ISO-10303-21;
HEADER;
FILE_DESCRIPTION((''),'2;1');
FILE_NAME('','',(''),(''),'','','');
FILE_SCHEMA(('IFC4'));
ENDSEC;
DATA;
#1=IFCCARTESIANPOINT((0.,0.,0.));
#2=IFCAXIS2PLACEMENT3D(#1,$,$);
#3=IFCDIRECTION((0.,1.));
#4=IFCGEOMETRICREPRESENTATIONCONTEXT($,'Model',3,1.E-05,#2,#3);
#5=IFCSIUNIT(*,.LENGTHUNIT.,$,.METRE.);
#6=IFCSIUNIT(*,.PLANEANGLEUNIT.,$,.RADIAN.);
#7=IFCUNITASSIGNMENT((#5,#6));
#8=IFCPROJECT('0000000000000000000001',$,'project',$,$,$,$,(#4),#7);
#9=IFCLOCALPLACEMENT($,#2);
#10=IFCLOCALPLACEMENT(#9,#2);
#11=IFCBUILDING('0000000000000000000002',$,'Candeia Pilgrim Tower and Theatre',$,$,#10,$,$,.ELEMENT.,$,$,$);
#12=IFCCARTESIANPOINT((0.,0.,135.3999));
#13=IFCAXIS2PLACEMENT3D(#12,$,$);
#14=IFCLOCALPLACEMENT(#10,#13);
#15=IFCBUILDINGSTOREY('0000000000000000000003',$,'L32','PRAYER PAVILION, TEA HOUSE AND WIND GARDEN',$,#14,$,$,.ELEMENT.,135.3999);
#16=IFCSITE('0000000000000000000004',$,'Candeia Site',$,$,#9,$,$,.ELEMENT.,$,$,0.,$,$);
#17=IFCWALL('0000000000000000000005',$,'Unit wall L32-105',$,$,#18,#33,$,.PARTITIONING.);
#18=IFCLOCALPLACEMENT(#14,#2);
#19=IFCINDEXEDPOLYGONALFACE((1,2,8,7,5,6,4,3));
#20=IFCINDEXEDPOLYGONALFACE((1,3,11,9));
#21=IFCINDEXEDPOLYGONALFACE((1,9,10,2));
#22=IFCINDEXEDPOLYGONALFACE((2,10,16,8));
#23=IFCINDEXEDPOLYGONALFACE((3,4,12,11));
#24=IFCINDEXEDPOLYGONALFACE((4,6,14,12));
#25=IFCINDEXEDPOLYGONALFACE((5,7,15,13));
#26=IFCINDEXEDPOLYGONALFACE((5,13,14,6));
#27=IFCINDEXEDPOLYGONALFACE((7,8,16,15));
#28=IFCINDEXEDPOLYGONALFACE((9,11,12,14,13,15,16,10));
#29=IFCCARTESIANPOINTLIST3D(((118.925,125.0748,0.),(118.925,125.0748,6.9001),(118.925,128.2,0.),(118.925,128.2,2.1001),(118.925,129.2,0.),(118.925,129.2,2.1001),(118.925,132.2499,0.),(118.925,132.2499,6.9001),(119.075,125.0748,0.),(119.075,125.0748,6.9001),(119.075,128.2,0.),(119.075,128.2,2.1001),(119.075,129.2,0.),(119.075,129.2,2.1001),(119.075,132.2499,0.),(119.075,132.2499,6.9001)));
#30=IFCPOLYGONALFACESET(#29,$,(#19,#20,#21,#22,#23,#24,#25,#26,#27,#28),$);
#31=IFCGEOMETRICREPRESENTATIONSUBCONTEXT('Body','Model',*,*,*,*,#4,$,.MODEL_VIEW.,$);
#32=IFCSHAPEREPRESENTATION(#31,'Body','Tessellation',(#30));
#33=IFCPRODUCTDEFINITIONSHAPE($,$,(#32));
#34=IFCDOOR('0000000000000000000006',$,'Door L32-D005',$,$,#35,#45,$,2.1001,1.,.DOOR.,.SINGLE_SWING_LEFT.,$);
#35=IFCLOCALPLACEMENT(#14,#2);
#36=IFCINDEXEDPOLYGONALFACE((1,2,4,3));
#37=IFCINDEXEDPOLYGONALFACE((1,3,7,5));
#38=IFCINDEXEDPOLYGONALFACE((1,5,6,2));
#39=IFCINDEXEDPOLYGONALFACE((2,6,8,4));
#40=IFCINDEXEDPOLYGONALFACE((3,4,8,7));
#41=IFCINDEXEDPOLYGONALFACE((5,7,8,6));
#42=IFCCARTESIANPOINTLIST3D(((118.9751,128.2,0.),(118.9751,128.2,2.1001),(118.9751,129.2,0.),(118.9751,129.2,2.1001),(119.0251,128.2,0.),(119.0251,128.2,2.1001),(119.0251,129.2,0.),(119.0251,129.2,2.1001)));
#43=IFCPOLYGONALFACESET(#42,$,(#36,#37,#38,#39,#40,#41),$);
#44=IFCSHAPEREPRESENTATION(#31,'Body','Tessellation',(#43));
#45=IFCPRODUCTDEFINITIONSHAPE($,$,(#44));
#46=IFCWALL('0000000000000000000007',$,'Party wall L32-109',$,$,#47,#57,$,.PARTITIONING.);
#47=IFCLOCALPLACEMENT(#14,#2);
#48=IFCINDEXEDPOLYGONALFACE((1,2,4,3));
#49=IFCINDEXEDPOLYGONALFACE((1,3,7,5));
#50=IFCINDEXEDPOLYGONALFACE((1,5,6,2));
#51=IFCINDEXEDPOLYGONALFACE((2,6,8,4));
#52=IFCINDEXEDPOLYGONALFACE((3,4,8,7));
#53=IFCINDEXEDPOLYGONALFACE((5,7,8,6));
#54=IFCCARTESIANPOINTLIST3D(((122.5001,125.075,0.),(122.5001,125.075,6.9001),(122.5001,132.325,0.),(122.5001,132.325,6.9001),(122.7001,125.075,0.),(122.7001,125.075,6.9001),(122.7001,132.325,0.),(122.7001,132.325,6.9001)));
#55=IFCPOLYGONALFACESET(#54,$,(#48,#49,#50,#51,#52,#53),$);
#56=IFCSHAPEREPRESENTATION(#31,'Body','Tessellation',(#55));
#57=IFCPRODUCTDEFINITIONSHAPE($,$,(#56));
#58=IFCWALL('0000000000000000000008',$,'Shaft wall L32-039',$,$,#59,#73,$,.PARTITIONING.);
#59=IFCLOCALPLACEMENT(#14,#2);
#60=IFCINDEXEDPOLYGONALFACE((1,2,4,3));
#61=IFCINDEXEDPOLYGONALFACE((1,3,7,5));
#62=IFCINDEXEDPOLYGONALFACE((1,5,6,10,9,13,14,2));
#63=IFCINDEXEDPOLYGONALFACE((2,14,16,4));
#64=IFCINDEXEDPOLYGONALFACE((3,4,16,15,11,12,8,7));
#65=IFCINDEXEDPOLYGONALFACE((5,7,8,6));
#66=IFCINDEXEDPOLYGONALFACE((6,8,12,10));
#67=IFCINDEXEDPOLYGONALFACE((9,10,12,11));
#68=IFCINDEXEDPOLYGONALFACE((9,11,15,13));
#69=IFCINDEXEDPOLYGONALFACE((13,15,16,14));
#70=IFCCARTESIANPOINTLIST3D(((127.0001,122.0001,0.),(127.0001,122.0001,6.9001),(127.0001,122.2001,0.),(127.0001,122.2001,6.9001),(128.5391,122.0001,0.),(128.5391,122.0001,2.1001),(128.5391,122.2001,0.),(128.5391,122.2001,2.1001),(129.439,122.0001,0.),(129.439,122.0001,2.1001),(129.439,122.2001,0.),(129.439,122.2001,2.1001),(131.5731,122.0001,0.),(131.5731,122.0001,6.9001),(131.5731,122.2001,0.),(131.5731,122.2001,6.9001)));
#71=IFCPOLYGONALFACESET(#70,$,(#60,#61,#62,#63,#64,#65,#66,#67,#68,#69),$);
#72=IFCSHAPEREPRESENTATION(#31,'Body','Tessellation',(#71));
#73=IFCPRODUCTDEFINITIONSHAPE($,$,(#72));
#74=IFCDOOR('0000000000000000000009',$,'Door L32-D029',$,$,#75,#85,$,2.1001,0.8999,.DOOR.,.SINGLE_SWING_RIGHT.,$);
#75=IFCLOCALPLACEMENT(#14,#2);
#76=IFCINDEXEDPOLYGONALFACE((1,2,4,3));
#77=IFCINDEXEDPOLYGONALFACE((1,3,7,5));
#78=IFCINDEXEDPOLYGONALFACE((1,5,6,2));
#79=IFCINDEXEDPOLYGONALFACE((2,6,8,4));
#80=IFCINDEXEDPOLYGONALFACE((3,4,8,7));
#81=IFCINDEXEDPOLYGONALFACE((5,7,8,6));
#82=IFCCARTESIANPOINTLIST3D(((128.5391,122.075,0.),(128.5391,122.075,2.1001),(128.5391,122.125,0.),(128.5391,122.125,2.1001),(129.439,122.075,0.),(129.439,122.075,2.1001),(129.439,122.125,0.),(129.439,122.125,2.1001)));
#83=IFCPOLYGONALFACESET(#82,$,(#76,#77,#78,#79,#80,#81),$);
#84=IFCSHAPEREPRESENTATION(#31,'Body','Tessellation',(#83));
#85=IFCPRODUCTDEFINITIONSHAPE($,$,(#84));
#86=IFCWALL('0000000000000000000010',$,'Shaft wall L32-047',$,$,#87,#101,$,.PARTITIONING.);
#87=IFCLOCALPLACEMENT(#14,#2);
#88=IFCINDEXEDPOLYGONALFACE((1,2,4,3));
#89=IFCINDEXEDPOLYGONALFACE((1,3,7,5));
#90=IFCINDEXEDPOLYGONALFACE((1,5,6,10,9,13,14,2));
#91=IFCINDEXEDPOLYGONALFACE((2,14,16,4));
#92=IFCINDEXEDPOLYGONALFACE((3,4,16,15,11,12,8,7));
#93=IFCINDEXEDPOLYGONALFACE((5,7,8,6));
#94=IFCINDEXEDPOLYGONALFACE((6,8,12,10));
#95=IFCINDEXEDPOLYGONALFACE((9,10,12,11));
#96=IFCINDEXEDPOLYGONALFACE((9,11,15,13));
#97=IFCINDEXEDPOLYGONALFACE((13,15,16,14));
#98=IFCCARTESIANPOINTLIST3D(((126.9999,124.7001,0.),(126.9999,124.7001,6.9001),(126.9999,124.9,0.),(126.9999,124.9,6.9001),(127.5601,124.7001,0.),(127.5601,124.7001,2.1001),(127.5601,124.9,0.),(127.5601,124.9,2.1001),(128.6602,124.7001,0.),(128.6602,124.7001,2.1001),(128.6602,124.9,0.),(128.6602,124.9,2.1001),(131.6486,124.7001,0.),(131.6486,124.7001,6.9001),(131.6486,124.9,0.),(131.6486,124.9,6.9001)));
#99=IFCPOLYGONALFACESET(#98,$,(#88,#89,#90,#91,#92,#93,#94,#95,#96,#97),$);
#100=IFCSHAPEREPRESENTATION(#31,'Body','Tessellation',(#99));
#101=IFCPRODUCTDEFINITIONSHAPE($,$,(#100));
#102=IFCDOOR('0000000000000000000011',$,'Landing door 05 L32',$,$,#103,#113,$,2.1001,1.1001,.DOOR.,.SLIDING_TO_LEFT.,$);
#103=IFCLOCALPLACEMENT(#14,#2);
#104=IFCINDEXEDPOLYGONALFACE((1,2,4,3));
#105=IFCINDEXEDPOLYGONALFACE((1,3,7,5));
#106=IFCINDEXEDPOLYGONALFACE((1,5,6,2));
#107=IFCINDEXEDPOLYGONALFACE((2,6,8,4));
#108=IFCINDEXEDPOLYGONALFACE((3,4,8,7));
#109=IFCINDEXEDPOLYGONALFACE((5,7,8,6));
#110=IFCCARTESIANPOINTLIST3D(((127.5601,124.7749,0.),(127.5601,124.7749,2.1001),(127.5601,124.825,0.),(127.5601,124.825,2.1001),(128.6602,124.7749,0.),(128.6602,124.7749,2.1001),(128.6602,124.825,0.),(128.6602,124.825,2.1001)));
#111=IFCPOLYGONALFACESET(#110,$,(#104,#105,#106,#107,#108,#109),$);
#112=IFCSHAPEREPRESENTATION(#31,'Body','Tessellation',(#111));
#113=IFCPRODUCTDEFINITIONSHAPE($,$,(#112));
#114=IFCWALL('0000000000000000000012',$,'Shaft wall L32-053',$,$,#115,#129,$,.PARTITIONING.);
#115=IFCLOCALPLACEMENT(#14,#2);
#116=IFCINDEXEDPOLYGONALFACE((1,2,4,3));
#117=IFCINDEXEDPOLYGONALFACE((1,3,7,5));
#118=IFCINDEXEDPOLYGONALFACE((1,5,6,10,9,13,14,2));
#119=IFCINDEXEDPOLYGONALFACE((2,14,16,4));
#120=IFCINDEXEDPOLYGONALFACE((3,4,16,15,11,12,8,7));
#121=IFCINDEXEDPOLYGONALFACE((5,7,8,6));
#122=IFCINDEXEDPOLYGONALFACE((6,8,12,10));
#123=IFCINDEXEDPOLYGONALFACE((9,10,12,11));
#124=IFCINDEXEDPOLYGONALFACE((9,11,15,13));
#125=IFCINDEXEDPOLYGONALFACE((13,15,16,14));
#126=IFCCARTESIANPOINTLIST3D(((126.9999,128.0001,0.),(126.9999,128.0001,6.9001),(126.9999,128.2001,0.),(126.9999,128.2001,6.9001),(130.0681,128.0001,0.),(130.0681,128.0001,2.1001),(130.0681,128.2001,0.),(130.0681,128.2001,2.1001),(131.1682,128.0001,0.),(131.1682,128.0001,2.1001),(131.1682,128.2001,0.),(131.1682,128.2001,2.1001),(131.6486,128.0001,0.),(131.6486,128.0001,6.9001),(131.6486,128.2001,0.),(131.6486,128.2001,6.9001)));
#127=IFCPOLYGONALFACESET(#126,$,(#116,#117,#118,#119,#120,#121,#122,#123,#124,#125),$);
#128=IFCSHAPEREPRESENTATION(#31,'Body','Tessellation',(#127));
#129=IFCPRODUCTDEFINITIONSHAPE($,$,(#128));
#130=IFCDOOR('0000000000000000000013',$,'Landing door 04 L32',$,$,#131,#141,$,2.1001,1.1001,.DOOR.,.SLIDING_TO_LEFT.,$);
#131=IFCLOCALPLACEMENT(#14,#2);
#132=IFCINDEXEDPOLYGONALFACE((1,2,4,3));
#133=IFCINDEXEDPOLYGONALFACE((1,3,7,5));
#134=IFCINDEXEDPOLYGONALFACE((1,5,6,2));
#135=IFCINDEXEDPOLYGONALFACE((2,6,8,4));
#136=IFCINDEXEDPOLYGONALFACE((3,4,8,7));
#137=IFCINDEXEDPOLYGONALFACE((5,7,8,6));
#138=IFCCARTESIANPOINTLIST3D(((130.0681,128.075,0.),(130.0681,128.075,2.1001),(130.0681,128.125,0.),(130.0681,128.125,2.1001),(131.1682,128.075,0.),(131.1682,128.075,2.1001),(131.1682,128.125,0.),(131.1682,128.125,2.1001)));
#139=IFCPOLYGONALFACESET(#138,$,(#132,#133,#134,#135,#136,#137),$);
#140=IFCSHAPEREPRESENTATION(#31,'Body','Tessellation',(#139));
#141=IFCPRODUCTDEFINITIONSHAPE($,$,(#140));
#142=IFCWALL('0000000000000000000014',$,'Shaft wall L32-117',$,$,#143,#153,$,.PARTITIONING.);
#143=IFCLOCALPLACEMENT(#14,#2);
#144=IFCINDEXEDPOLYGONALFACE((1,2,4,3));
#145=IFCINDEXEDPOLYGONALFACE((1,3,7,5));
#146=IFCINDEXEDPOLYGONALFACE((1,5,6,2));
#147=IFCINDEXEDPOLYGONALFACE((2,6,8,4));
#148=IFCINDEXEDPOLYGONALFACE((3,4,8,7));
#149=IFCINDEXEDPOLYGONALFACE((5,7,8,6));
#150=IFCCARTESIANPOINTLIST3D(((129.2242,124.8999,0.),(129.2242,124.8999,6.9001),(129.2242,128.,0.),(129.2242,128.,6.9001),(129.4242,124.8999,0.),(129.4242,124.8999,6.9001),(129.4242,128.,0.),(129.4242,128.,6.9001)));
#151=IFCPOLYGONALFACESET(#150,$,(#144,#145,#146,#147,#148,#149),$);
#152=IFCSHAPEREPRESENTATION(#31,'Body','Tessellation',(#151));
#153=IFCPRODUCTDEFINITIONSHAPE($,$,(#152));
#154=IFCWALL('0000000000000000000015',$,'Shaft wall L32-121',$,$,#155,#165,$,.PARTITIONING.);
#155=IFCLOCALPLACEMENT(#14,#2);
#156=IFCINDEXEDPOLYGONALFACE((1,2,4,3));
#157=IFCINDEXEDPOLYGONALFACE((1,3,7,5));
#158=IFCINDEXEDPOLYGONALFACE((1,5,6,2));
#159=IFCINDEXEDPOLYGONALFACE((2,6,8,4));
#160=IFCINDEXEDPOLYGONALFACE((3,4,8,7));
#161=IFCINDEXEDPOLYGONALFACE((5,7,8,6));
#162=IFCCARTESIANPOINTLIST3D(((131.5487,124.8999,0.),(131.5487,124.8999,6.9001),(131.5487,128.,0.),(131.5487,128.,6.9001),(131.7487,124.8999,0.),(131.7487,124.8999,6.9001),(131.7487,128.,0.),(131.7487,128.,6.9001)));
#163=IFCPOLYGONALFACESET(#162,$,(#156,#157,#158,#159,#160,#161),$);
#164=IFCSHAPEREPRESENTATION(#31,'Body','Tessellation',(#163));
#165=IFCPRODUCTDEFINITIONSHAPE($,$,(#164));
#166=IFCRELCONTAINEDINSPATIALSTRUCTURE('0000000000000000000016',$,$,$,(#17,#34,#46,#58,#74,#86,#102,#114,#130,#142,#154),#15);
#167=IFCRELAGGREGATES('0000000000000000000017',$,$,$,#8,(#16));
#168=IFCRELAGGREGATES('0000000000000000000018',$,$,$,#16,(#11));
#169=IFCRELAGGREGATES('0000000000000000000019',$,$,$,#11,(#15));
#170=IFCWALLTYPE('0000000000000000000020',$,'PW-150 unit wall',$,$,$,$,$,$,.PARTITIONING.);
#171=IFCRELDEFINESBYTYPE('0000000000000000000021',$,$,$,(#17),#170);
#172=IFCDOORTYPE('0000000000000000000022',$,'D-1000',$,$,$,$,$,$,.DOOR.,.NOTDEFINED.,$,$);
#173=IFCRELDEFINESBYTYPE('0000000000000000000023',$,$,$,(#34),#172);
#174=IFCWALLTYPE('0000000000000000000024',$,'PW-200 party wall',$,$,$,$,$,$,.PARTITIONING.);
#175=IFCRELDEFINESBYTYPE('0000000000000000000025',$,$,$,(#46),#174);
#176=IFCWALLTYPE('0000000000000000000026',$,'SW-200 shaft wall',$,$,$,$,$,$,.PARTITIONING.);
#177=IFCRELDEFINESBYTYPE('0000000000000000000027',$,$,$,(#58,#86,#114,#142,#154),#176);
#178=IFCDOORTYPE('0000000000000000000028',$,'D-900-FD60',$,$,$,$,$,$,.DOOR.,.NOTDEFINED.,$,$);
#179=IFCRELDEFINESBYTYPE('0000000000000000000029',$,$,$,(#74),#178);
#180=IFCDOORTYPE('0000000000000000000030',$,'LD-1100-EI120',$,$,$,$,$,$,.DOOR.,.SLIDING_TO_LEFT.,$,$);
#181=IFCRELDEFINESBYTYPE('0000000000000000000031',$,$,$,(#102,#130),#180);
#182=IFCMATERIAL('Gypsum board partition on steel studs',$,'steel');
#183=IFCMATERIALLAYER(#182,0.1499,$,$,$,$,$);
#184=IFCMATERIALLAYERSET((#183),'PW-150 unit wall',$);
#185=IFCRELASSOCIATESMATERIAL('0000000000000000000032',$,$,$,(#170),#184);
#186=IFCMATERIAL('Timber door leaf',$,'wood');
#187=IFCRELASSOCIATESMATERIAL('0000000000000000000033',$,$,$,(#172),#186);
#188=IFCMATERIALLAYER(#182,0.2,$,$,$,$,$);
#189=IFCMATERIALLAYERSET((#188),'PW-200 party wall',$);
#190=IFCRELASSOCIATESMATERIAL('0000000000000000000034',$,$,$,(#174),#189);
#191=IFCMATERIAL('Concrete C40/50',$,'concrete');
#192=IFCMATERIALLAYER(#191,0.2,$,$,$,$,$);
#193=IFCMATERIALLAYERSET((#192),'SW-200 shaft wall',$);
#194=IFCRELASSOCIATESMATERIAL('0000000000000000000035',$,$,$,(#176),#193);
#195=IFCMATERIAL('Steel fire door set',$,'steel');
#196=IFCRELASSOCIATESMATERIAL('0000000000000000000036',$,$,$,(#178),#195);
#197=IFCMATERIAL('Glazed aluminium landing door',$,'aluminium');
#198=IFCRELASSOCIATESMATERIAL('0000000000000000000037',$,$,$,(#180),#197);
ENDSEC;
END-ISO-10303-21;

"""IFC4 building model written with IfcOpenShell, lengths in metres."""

from ifc_helpers import new_model, si_unit, direction, frame, frame_2d, origin, place, context, subcontext, project, spatial, rectangle, extrude, material, layer, layer_set, type_object, element, fill, save


model = new_model("IFC4")

# Units and contexts
model_context = context("Model", 3, precision=1e-05, world=origin(), true_north=direction((0.0, 1.0)))
body_context = subcontext(model_context, "Body", "Model", "MODEL_VIEW")
ifc_project = project(units=[si_unit("LENGTHUNIT", "METRE"), si_unit("PLANEANGLEUNIT", "RADIAN")], contexts=[model_context])

# Site, building, storey
site_placement = place(None, origin())
site = spatial("IfcSite", under=ifc_project, at=site_placement, Name="Candeia Site", CompositionType="ELEMENT", RefElevation=0.0)
building_placement = place(site_placement, origin())
building = spatial("IfcBuilding", under=site, at=building_placement, Name="Candeia Pilgrim Tower and Theatre", CompositionType="ELEMENT")
storey_placement = place(building_placement, frame((0.0, 0.0, 135.3999)))
storey = spatial("IfcBuildingStorey", under=building, at=storey_placement, Name="L32", Description="PRAYER PAVILION, TEA HOUSE AND WIND GARDEN", CompositionType="ELEMENT", Elevation=135.3999)

# Shared definitions
ifc_material_1 = material(Name="Gypsum board partition on steel studs", Category="steel")
ifc_material_2 = material(Name="Steel fire door set", Category="steel")

# Wall, opening, door
ifc_layer_1 = layer(ifc_material_1, 0.1499)
ifc_layer_set_1 = layer_set([ifc_layer_1], Name="PW-150 unit wall")
wall_type_1 = type_object("IfcWallType", Name="PW-150 unit wall", PredefinedType="PARTITIONING", material=ifc_layer_set_1)
ifc_material_3 = material(Name="Timber door leaf", Category="wood")
door_type_1 = type_object("IfcDoorType", Name="D-1000", OperationType="NOTDEFINED", PredefinedType="DOOR", material=ifc_material_3)
wall_1_placement = place(storey_placement, frame((119.0, 125.075, 0.0), z_axis=(0.0, 0.0, 1.0), x_axis=(0.0, 1.0, 0.0)))
wall_1 = element("IfcWall", 1, at=wall_1_placement, inside=storey, type_object=wall_type_1, Name="Unit wall L32-105", PredefinedType="PARTITIONING", context=body_context, shape_type="SweptSolid", body=[
    extrude(rectangle(XDim=7.175, YDim=0.1499, at=frame_2d((3.5874, 0.0))), origin(), (0.0, 0.0, 1.0), 6.9001),
])
opening_1_placement = place(wall_1_placement, frame((3.125, 0.0, 0.0)))
opening_1 = element("IfcOpeningElement", 2, at=opening_1_placement, cuts=wall_1, PredefinedType="OPENING", context=body_context, shape_type="SweptSolid", body=[
    extrude(rectangle(XDim=1.0, YDim=2.1001, at=frame_2d((0.5, 1.05))), frame((0.0, 0.085, 0.0), z_axis=(0.0, -1.0, 0.0), x_axis=(1.0, 0.0, 0.0)), (0.0, 0.0, 1.0), 0.1699),
])
door_1_placement = place(opening_1_placement, origin())
door_1 = element("IfcDoor", 3, at=door_1_placement, inside=storey, type_object=door_type_1, Name="Door L32-D005", OperationType="SINGLE_SWING_LEFT", OverallHeight=2.1001, OverallWidth=1.0, PredefinedType="DOOR", context=body_context, shape_type="SweptSolid", body=[
    extrude(rectangle(XDim=1.0, YDim=2.1001, at=frame_2d((0.5, 1.05))), frame((0.0, 0.0249, 0.0), z_axis=(0.0, -1.0, 0.0), x_axis=(1.0, 0.0, 0.0)), (0.0, 0.0, 1.0), 0.05),
])
fill(opening_1, door_1)

# Wall
ifc_layer_2 = layer(ifc_material_1, 0.2)
ifc_layer_set_2 = layer_set([ifc_layer_2], Name="PW-200 party wall")
wall_type_2 = type_object("IfcWallType", Name="PW-200 party wall", PredefinedType="PARTITIONING", material=ifc_layer_set_2)
wall_2_placement = place(storey_placement, frame((122.6001, 125.075, 0.0), z_axis=(0.0, 0.0, 1.0), x_axis=(0.0, 1.0, 0.0)))
element("IfcWall", 4, at=wall_2_placement, inside=storey, type_object=wall_type_2, Name="Party wall L32-109", PredefinedType="PARTITIONING", context=body_context, shape_type="SweptSolid", body=[
    extrude(rectangle(XDim=7.25, YDim=0.2, at=frame_2d((3.625, 0.0))), origin(), (0.0, 0.0, 1.0), 6.9001),
])

# Walls, openings, doors
ifc_material_4 = material(Name="Concrete C40/50", Category="concrete")
ifc_layer_3 = layer(ifc_material_4, 0.2)
ifc_layer_set_3 = layer_set([ifc_layer_3], Name="SW-200 shaft wall")
wall_type_3 = type_object("IfcWallType", Name="SW-200 shaft wall", PredefinedType="PARTITIONING", material=ifc_layer_set_3)
wall_3_placement = place(storey_placement, frame((127.0, 122.1001, 0.0), z_axis=(0.0, 0.0, 1.0), x_axis=(1.0, 0.0, 0.0)))
wall_3 = element("IfcWall", 5, at=wall_3_placement, inside=storey, type_object=wall_type_3, Name="Shaft wall L32-039", PredefinedType="PARTITIONING", context=body_context, shape_type="SweptSolid", body=[
    extrude(rectangle(XDim=4.573, YDim=0.2, at=frame_2d((2.2866, 0.0))), origin(), (0.0, 0.0, 1.0), 6.9001),
])
opening_2_placement = place(wall_3_placement, frame((1.5391, 0.0, 0.0)))
opening_2 = element("IfcOpeningElement", 6, at=opening_2_placement, cuts=wall_3, PredefinedType="OPENING", context=body_context, shape_type="SweptSolid", body=[
    extrude(rectangle(XDim=0.8999, YDim=2.1001, at=frame_2d((0.45, 1.05))), frame((0.0, 0.1099, 0.0), z_axis=(0.0, -1.0, 0.0), x_axis=(1.0, 0.0, 0.0)), (0.0, 0.0, 1.0), 0.22),
])
door_type_2 = type_object("IfcDoorType", Name="D-900-FD60", OperationType="NOTDEFINED", PredefinedType="DOOR", material=ifc_material_2)
door_2_placement = place(opening_2_placement, origin())
door_2 = element("IfcDoor", 7, at=door_2_placement, inside=storey, type_object=door_type_2, Name="Door L32-D029", OperationType="SINGLE_SWING_RIGHT", OverallHeight=2.1001, OverallWidth=0.8999, PredefinedType="DOOR", context=body_context, shape_type="SweptSolid", body=[
    extrude(rectangle(XDim=0.8999, YDim=2.1001, at=frame_2d((0.45, 1.05))), frame((0.0, 0.0249, 0.0), z_axis=(0.0, -1.0, 0.0), x_axis=(1.0, 0.0, 0.0)), (0.0, 0.0, 1.0), 0.05),
])
fill(opening_2, door_2)
wall_4_placement = place(storey_placement, frame((127.0, 124.8, 0.0), z_axis=(0.0, 0.0, 1.0), x_axis=(1.0, 0.0, 0.0)))
wall_4 = element("IfcWall", 8, at=wall_4_placement, inside=storey, type_object=wall_type_3, Name="Shaft wall L32-047", PredefinedType="PARTITIONING", context=body_context, shape_type="SweptSolid", body=[
    extrude(rectangle(XDim=4.6487, YDim=0.2, at=frame_2d((2.3242, 0.0))), origin(), (0.0, 0.0, 1.0), 6.9001),
])
opening_3_placement = place(wall_4_placement, frame((0.5601, 0.0, 0.0)))
opening_3 = element("IfcOpeningElement", 9, at=opening_3_placement, cuts=wall_4, PredefinedType="OPENING", context=body_context, shape_type="SweptSolid", body=[
    extrude(rectangle(XDim=1.1001, YDim=2.1001, at=frame_2d((0.55, 1.05))), frame((0.0, 0.1099, 0.0), z_axis=(0.0, -1.0, 0.0), x_axis=(1.0, 0.0, 0.0)), (0.0, 0.0, 1.0), 0.22),
])
ifc_material_5 = material(Name="Glazed aluminium landing door", Category="aluminium")
door_type_3 = type_object("IfcDoorType", Name="LD-1100-EI120", OperationType="SLIDING_TO_LEFT", PredefinedType="DOOR", material=ifc_material_5)
door_3_placement = place(opening_3_placement, origin())
door_3 = element("IfcDoor", 10, at=door_3_placement, inside=storey, type_object=door_type_3, Name="Landing door 05 L32", OperationType="SLIDING_TO_LEFT", OverallHeight=2.1001, OverallWidth=1.1001, PredefinedType="DOOR", context=body_context, shape_type="SweptSolid", body=[
    extrude(rectangle(XDim=1.1001, YDim=2.1001, at=frame_2d((0.55, 1.05))), frame((0.0, 0.0249, 0.0), z_axis=(0.0, -1.0, 0.0), x_axis=(1.0, 0.0, 0.0)), (0.0, 0.0, 1.0), 0.05),
])
fill(opening_3, door_3)
wall_5_placement = place(storey_placement, frame((127.0, 128.1001, 0.0), z_axis=(0.0, 0.0, 1.0), x_axis=(1.0, 0.0, 0.0)))
wall_5 = element("IfcWall", 11, at=wall_5_placement, inside=storey, type_object=wall_type_3, Name="Shaft wall L32-053", PredefinedType="PARTITIONING", context=body_context, shape_type="SweptSolid", body=[
    extrude(rectangle(XDim=4.6487, YDim=0.2, at=frame_2d((2.3242, 0.0))), origin(), (0.0, 0.0, 1.0), 6.9001),
])
opening_4_placement = place(wall_5_placement, frame((3.0681, 0.0, 0.0)))
opening_4 = element("IfcOpeningElement", 12, at=opening_4_placement, cuts=wall_5, PredefinedType="OPENING", context=body_context, shape_type="SweptSolid", body=[
    extrude(rectangle(XDim=1.1001, YDim=2.1001, at=frame_2d((0.55, 1.05))), frame((0.0, 0.1099, 0.0), z_axis=(0.0, -1.0, 0.0), x_axis=(1.0, 0.0, 0.0)), (0.0, 0.0, 1.0), 0.22),
])
door_4_placement = place(opening_4_placement, origin())
door_4 = element("IfcDoor", 13, at=door_4_placement, inside=storey, type_object=door_type_3, Name="Landing door 04 L32", OperationType="SLIDING_TO_LEFT", OverallHeight=2.1001, OverallWidth=1.1001, PredefinedType="DOOR", context=body_context, shape_type="SweptSolid", body=[
    extrude(rectangle(XDim=1.1001, YDim=2.1001, at=frame_2d((0.55, 1.05))), frame((0.0, 0.0249, 0.0), z_axis=(0.0, -1.0, 0.0), x_axis=(1.0, 0.0, 0.0)), (0.0, 0.0, 1.0), 0.05),
])
fill(opening_4, door_4)

# Walls
for number, where, z_axis, x_axis, name in (
    (14, (129.3242, 124.8999, 0.0), (0.0, 0.0, 1.0), (0.0, 1.0, 0.0), "Shaft wall L32-117"),
    (15, (131.6487, 124.8999, 0.0), (0.0, 0.0, 1.0), (0.0, 1.0, 0.0), "Shaft wall L32-121"),
):
    element("IfcWall", number, at=place(storey_placement, frame(where, z_axis=z_axis, x_axis=x_axis)), inside=storey, type_object=wall_type_3, Name=name, PredefinedType="PARTITIONING", context=body_context, shape_type="SweptSolid", body=[
        extrude(rectangle(XDim=3.1001, YDim=0.2, at=frame_2d((1.55, 0.0))), origin(), (0.0, 0.0, 1.0), 6.9001),
    ])

save(model, "model.ifc")
